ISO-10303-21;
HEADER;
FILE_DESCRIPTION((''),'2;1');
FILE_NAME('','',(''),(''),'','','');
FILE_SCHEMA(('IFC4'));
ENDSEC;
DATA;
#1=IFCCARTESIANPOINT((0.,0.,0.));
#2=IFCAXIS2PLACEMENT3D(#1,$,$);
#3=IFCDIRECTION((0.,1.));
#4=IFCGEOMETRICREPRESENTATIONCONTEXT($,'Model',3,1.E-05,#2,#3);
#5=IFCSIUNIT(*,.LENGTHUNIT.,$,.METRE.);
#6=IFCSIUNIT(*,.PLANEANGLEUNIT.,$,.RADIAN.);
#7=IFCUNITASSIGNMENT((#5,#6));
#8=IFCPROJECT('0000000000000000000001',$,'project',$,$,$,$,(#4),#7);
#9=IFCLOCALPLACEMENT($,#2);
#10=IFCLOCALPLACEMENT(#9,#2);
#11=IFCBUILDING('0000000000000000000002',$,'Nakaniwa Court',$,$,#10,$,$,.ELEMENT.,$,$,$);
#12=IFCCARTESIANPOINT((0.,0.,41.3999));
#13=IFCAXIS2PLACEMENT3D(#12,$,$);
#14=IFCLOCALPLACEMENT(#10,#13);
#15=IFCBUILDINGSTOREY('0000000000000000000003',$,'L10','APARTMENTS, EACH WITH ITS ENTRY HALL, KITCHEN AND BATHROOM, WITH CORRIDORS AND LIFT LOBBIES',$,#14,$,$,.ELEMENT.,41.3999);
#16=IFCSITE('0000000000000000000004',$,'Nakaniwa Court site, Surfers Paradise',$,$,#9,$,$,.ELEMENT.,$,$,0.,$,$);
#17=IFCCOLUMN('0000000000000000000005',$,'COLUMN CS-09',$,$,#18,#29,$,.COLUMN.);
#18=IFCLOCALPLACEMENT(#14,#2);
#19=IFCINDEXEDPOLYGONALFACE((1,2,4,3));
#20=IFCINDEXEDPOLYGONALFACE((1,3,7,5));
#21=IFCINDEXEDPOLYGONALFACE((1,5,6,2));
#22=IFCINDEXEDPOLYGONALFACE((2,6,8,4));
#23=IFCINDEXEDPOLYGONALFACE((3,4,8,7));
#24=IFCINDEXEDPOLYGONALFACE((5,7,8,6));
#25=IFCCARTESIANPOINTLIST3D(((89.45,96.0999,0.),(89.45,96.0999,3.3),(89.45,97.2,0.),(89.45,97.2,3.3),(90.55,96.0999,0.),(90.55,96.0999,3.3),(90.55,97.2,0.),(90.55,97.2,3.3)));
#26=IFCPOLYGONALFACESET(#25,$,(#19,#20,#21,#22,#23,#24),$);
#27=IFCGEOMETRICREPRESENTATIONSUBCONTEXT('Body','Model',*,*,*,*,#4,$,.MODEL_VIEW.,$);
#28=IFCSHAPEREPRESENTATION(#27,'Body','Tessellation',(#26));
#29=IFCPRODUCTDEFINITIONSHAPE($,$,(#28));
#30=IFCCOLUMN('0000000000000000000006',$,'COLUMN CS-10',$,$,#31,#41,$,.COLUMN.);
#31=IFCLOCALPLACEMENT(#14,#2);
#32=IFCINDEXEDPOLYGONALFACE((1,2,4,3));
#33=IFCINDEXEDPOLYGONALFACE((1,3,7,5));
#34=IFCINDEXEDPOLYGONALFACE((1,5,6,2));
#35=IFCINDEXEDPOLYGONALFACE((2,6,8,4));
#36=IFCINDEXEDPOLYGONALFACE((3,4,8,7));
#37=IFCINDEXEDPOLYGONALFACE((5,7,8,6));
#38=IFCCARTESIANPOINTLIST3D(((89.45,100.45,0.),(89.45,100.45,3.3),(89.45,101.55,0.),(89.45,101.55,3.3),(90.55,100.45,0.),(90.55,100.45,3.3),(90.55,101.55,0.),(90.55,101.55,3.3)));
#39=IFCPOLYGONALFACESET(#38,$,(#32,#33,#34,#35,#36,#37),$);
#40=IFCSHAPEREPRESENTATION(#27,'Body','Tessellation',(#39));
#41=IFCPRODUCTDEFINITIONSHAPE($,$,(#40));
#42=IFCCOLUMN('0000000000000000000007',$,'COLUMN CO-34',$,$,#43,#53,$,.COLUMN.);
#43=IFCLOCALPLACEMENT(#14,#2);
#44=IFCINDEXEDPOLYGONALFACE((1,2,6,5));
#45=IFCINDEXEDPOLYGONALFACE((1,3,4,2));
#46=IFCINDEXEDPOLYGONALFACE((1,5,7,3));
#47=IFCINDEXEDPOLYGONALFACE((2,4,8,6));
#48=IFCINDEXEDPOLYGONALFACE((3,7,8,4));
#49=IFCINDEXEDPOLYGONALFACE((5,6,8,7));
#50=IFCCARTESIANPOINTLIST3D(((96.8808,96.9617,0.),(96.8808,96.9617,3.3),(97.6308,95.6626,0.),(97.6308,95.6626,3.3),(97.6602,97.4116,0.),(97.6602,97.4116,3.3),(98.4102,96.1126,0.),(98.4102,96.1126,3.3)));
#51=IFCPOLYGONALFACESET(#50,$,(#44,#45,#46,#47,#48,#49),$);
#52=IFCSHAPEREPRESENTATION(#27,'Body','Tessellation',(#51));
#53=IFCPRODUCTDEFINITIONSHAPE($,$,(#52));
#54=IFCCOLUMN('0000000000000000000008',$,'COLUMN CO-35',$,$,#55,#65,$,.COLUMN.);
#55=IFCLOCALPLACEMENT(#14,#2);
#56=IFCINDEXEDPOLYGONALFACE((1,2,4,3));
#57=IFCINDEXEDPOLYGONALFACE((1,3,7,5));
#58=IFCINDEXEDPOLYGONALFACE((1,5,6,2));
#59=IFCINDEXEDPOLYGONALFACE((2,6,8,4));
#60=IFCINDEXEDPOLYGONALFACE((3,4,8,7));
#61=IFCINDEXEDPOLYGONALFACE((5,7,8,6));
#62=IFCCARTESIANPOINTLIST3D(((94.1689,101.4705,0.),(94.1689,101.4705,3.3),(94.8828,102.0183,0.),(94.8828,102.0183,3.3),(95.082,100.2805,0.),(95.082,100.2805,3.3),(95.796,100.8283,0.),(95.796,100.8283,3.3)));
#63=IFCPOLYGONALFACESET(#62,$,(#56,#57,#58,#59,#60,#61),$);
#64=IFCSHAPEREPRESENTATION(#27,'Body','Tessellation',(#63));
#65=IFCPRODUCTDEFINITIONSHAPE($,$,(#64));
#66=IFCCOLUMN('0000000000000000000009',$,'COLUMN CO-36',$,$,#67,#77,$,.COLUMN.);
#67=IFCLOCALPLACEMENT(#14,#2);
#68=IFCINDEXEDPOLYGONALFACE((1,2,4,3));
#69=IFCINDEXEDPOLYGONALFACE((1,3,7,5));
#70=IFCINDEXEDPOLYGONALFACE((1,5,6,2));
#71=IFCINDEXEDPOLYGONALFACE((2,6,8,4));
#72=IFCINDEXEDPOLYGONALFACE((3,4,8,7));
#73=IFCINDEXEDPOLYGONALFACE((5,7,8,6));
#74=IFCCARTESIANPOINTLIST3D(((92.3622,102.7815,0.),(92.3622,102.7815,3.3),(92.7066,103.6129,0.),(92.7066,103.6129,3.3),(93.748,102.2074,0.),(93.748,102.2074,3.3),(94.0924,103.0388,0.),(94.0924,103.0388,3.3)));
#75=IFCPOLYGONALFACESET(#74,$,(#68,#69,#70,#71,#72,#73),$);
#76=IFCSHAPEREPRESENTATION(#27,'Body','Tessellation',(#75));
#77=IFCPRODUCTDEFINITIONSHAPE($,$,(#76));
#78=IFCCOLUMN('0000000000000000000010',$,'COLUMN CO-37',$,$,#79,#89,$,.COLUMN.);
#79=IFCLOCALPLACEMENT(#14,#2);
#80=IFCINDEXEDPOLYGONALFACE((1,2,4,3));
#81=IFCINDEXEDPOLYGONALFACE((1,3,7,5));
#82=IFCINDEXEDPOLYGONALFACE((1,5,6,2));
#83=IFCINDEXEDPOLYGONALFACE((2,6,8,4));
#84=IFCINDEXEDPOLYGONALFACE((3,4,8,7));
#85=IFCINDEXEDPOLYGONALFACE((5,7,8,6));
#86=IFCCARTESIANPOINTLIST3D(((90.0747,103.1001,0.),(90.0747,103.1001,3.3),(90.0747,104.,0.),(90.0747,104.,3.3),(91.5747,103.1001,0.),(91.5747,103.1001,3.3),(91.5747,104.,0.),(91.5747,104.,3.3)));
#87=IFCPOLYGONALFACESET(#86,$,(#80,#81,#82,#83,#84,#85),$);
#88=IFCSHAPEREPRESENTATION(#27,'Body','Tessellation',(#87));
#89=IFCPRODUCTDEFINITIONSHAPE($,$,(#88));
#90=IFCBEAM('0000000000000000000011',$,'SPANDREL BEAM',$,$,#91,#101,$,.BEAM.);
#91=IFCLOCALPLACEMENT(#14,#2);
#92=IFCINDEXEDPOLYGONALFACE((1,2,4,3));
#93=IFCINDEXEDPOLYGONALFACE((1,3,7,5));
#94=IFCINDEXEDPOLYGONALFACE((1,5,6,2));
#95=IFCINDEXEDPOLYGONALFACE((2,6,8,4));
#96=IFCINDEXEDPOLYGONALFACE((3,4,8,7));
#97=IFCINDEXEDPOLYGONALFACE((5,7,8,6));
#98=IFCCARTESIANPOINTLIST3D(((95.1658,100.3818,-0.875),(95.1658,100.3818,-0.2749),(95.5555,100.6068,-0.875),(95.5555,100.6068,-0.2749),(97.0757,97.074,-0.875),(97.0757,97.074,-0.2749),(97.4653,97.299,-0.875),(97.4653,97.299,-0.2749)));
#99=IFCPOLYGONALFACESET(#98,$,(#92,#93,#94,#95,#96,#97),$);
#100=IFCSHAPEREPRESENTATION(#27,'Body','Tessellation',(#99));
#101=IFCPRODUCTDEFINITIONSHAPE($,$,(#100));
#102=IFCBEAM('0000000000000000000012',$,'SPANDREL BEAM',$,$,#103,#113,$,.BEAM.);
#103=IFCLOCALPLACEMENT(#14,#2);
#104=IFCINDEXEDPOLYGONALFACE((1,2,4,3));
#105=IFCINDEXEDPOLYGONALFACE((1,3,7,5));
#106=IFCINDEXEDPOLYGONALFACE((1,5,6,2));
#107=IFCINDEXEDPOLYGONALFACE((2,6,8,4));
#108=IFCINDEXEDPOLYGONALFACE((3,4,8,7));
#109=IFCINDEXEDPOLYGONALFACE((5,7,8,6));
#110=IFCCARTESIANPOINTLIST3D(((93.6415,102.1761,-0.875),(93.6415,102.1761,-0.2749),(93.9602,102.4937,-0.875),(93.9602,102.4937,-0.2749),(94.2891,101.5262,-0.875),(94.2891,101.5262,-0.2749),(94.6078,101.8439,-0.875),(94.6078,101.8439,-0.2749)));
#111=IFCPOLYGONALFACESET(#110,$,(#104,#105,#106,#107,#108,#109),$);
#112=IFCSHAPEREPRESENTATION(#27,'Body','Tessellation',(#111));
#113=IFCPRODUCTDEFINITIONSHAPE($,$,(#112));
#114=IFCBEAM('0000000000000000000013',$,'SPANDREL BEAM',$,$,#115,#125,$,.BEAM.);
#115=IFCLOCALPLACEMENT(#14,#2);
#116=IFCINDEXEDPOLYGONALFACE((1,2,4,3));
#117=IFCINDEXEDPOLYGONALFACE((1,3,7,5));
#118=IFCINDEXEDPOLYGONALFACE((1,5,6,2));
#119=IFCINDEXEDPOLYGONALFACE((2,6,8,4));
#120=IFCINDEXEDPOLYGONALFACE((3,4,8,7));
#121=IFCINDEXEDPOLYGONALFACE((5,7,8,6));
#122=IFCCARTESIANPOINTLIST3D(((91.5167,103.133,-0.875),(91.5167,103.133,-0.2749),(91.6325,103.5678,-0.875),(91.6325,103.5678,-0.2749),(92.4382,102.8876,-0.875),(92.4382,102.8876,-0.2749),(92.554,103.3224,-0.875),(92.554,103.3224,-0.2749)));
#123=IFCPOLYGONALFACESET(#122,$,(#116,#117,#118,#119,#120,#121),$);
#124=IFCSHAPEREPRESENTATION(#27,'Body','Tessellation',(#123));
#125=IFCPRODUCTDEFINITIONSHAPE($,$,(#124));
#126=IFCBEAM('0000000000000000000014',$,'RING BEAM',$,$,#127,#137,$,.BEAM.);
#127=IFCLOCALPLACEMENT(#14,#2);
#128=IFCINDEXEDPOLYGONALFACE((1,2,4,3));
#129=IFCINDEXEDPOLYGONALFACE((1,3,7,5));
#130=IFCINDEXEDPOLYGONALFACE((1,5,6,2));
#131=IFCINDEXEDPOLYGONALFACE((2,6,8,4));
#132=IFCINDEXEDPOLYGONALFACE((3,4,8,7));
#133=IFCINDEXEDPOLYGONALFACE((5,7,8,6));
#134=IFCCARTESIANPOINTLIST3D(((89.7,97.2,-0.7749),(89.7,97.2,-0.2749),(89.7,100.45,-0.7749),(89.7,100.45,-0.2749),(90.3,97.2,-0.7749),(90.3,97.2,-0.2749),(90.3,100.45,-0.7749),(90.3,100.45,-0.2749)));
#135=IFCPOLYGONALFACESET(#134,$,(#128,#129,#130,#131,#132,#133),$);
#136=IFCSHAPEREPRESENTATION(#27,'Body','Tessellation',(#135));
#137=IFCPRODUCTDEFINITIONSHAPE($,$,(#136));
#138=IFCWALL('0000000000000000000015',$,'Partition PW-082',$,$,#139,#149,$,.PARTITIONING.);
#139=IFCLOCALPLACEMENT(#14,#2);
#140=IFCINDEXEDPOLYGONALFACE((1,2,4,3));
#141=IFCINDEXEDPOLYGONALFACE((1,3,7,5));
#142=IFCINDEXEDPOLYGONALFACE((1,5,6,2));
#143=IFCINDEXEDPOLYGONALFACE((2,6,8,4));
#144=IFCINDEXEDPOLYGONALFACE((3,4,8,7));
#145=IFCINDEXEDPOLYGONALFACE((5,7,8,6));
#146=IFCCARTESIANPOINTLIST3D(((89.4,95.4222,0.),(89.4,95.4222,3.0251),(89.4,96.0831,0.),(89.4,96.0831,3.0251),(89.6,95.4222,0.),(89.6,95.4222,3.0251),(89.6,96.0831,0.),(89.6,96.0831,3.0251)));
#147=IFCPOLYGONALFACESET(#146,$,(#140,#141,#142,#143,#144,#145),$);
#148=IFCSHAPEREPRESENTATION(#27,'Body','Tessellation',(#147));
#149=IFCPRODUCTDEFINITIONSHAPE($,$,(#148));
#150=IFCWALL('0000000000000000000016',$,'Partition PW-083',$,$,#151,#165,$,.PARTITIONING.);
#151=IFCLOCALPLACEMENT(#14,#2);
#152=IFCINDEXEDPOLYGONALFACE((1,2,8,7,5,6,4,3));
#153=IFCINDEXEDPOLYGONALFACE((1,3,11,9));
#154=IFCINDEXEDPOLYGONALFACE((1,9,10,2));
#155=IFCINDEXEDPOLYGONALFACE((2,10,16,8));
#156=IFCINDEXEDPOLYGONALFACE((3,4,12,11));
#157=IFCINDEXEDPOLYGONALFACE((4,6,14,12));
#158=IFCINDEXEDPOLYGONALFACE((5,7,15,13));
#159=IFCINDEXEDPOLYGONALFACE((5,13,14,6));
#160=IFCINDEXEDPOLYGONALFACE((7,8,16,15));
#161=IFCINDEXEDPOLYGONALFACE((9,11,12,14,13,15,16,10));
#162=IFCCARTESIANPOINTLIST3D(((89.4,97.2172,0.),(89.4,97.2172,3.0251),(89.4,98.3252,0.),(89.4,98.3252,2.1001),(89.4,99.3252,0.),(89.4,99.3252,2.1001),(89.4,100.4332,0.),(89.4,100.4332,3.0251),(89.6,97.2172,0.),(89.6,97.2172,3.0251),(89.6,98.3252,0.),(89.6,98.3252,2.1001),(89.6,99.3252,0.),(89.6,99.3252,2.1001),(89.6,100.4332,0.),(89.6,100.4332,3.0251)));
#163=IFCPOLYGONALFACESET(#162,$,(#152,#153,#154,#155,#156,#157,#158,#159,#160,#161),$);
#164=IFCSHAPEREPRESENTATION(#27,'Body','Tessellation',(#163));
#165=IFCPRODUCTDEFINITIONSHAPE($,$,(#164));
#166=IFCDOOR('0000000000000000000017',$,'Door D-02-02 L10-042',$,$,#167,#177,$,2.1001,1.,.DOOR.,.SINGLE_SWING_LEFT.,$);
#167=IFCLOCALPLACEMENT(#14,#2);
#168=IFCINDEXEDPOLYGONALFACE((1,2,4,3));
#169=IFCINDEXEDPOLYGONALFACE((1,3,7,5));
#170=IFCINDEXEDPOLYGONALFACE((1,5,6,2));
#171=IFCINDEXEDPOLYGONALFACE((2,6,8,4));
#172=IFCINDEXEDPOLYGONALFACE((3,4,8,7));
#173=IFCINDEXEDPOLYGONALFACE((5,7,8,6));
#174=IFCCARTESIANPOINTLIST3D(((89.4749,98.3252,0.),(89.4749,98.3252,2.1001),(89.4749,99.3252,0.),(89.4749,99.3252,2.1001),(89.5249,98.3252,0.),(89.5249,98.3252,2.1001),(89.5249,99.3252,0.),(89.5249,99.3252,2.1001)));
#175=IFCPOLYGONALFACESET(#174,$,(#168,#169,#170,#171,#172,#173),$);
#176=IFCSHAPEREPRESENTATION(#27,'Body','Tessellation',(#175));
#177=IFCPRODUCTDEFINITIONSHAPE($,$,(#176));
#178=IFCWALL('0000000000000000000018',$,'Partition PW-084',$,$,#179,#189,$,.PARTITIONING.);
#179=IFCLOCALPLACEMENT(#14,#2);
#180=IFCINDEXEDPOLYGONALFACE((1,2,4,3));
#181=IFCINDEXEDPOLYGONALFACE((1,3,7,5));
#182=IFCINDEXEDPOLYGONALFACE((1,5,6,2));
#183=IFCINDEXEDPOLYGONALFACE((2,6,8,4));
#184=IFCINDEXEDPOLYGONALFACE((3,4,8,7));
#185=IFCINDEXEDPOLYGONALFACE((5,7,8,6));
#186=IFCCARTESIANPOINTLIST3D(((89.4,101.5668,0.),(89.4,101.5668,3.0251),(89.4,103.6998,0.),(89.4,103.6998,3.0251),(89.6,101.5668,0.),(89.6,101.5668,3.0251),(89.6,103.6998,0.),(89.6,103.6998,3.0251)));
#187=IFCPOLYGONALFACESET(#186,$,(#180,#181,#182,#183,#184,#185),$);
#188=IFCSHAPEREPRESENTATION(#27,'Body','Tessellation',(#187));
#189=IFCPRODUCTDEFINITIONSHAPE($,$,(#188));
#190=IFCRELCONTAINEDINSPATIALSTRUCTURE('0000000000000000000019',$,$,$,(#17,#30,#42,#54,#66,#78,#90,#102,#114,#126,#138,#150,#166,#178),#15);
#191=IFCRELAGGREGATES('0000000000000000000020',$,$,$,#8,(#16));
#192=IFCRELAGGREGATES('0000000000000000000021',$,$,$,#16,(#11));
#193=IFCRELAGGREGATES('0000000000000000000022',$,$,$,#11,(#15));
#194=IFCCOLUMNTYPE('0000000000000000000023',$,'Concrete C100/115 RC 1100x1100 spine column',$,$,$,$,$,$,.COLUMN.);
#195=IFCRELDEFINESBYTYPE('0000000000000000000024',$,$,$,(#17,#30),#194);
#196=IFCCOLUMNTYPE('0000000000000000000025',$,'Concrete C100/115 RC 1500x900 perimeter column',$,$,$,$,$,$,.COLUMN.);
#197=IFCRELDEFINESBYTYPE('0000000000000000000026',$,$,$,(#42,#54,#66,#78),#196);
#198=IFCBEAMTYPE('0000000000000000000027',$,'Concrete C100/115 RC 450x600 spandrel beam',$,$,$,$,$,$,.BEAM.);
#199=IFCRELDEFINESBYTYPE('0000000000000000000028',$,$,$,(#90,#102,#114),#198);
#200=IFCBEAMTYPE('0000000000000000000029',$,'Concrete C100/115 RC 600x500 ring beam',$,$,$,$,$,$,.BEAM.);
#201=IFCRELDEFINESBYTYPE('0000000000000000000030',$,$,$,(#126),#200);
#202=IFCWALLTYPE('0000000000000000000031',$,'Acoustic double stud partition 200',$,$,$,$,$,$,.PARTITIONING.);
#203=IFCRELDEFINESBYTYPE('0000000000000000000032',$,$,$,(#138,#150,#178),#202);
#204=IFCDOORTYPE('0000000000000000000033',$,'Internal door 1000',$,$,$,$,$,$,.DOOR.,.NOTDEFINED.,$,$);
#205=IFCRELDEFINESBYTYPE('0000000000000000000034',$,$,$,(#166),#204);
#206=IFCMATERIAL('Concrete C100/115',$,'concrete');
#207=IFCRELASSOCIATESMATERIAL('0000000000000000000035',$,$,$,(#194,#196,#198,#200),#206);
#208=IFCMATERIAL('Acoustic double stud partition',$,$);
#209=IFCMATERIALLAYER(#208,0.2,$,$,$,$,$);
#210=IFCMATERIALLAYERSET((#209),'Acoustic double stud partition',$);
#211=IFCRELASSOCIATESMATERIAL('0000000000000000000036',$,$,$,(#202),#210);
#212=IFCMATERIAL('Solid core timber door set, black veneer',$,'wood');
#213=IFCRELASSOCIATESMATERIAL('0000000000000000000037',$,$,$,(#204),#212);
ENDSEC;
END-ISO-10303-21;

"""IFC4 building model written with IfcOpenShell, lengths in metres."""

from ifc_helpers import new_model, si_unit, direction, frame, frame_2d, origin, origin_2d, place, context, subcontext, project, spatial, rectangle, extrude, material, layer, layer_set, material_profile, profile_set, type_object, element, fill, save


model = new_model("IFC4")

# Units and contexts
model_context = context("Model", 3, precision=1e-05, world=origin(), true_north=direction((0.0, 1.0)))
body_context = subcontext(model_context, "Body", "Model", "MODEL_VIEW")
ifc_project = project(units=[si_unit("LENGTHUNIT", "METRE"), si_unit("PLANEANGLEUNIT", "RADIAN")], contexts=[model_context])

# Site, building, storey
site_placement = place(None, origin())
site = spatial("IfcSite", under=ifc_project, at=site_placement, Name="Nakaniwa Court site, Surfers Paradise", CompositionType="ELEMENT", RefElevation=0.0)
building_placement = place(site_placement, origin())
building = spatial("IfcBuilding", under=site, at=building_placement, Name="Nakaniwa Court", CompositionType="ELEMENT")
storey_placement = place(building_placement, frame((0.0, 0.0, 41.3999)))
storey = spatial("IfcBuildingStorey", under=building, at=storey_placement, Name="L10", Description="APARTMENTS, EACH WITH ITS ENTRY HALL, KITCHEN AND BATHROOM, WITH CORRIDORS AND LIFT LOBBIES", CompositionType="ELEMENT", Elevation=41.3999)

# Columns
ifc_material_1 = material(Name="Concrete C100/115", Category="concrete")
ifc_material_profile_1 = material_profile(ifc_material_1, rectangle(XDim=1.1001, YDim=1.1001, at=origin_2d()), Name="Concrete C100/115 RC 1100x1100 spine column")
ifc_profile_set_1 = profile_set([ifc_material_profile_1], Name="Concrete C100/115")
column_type_1 = type_object("IfcColumnType", Name="Concrete C100/115 RC 1100x1100 spine column", PredefinedType="COLUMN", material=ifc_profile_set_1)
for number, where, z_axis, x_axis, name in (
    (1, (90.0, 96.6499, 0.0), (0.0, 0.0, 1.0), (0.0, 1.0, 0.0), "COLUMN CS-09"),
    (2, (90.0, 101.0, 0.0), (0.0, 0.0, 1.0), (0.0, 1.0, 0.0), "COLUMN CS-10"),
):
    element("IfcColumn", number, at=place(storey_placement, frame(where, z_axis=z_axis, x_axis=x_axis)), inside=storey, type_object=column_type_1, Name=name, PredefinedType="COLUMN", context=body_context, shape_type="SweptSolid", body=[
        extrude(rectangle(XDim=1.1001, YDim=1.1001, at=origin_2d()), origin(), (0.0, 0.0, 1.0), 3.3),
    ])
ifc_material_profile_2 = material_profile(ifc_material_1, rectangle(XDim=1.5, YDim=0.8999, at=origin_2d()), Name="Concrete C100/115 RC 1500x900 perimeter column")
ifc_profile_set_2 = profile_set([ifc_material_profile_2], Name="Concrete C100/115")
column_type_2 = type_object("IfcColumnType", Name="Concrete C100/115 RC 1500x900 perimeter column", PredefinedType="COLUMN", material=ifc_profile_set_2)
for number, where, z_axis, x_axis, name in (
    (3, (97.6455, 96.5371, 0.0), (0.0, 0.0, 1.0), (-0.5, 0.866025, 0.0), "COLUMN CO-34"),
    (4, (94.9824, 101.1494, 0.0), (0.0, 0.0, 1.0), (-0.608761, 0.793353, 0.0), "COLUMN CO-35"),
    (5, (93.2273, 102.9102, 0.0), (0.0, 0.0, 1.0), (-0.92388, 0.382683, 0.0), "COLUMN CO-36"),
    (6, (90.8247, 103.55, 0.0), (0.0, 0.0, 1.0), (-1.0, 0.0, 0.0), "COLUMN CO-37"),
):
    element("IfcColumn", number, at=place(storey_placement, frame(where, z_axis=z_axis, x_axis=x_axis)), inside=storey, type_object=column_type_2, Name=name, PredefinedType="COLUMN", context=body_context, shape_type="SweptSolid", body=[
        extrude(rectangle(XDim=1.5, YDim=0.8999, at=origin_2d()), origin(), (0.0, 0.0, 1.0), 3.3),
    ])

# Beams
ifc_material_profile_3 = material_profile(ifc_material_1, rectangle(XDim=0.45, YDim=0.6001, at=origin_2d()), Name="Concrete C100/115 RC 450x600 spandrel beam")
ifc_profile_set_3 = profile_set([ifc_material_profile_3], Name="Concrete C100/115")
beam_type_1 = type_object("IfcBeamType", Name="Concrete C100/115 RC 450x600 spandrel beam", PredefinedType="BEAM", material=ifc_profile_set_3)
beam_1_placement = place(storey_placement, frame((97.2705, 97.1865, -0.575), z_axis=(-0.500023, 0.866012, 0.0), x_axis=(-0.866012, -0.500023, 0.0)))
element("IfcBeam", 7, at=beam_1_placement, inside=storey, type_object=beam_type_1, Name="SPANDREL BEAM", PredefinedType="BEAM", context=body_context, shape_type="SweptSolid", body=[
    extrude(rectangle(XDim=0.45, YDim=0.6001, at=origin_2d()), origin(), (0.0, 0.0, 1.0), 3.8196),
])
beam_2_placement = place(storey_placement, frame((94.4485, 101.6851, -0.575), z_axis=(-0.705908, 0.708303, 0.0), x_axis=(-0.708303, -0.705908, 0.0)))
element("IfcBeam", 8, at=beam_2_placement, inside=storey, type_object=beam_type_1, Name="SPANDREL BEAM", PredefinedType="BEAM", context=body_context, shape_type="SweptSolid", body=[
    extrude(rectangle(XDim=0.45, YDim=0.6001, at=origin_2d()), origin(), (0.0, 0.0, 1.0), 0.9175),
])
beam_3_placement = place(storey_placement, frame((92.4961, 103.105, -0.575), z_axis=(-0.966324, 0.257328, 0.0), x_axis=(-0.257328, -0.966324, 0.0)))
element("IfcBeam", 9, at=beam_3_placement, inside=storey, type_object=beam_type_1, Name="SPANDREL BEAM", PredefinedType="BEAM", context=body_context, shape_type="SweptSolid", body=[
    extrude(rectangle(XDim=0.45, YDim=0.6001, at=origin_2d()), origin(), (0.0, 0.0, 1.0), 0.9536),
])
ifc_material_profile_4 = material_profile(ifc_material_1, rectangle(XDim=0.6001, YDim=0.5, at=origin_2d()), Name="Concrete C100/115 RC 600x500 ring beam")
ifc_profile_set_4 = profile_set([ifc_material_profile_4], Name="Concrete C100/115")
beam_type_2 = type_object("IfcBeamType", Name="Concrete C100/115 RC 600x500 ring beam", PredefinedType="BEAM", material=ifc_profile_set_4)
beam_4_placement = place(storey_placement, frame((90.0, 97.2, -0.5249), z_axis=(0.0, 1.0, 0.0), x_axis=(-1.0, 0.0, 0.0)))
element("IfcBeam", 10, at=beam_4_placement, inside=storey, type_object=beam_type_2, Name="RING BEAM", PredefinedType="BEAM", context=body_context, shape_type="SweptSolid", body=[
    extrude(rectangle(XDim=0.6001, YDim=0.5, at=origin_2d()), origin(), (0.0, 0.0, 1.0), 3.25),
])

# Wall
ifc_material_2 = material(Name="Acoustic double stud partition")
ifc_layer_1 = layer(ifc_material_2, 0.2)
ifc_layer_set_1 = layer_set([ifc_layer_1], Name="Acoustic double stud partition")
wall_type_1 = type_object("IfcWallType", Name="Acoustic double stud partition 200", PredefinedType="PARTITIONING", material=ifc_layer_set_1)
wall_1_placement = place(storey_placement, frame((89.5, 95.4221, 0.0), z_axis=(0.0, 0.0, 1.0), x_axis=(0.0, 1.0, 0.0)))
element("IfcWall", 11, at=wall_1_placement, inside=storey, type_object=wall_type_1, Name="Partition PW-082", PredefinedType="PARTITIONING", context=body_context, shape_type="SweptSolid", body=[
    extrude(rectangle(XDim=0.6609, YDim=0.2, at=frame_2d((0.3306, 0.0))), origin(), (0.0, 0.0, 1.0), 3.0251),
])

# Wall, opening, door
wall_2_placement = place(storey_placement, frame((89.5, 100.4331, 0.0), z_axis=(0.0, 0.0, 1.0), x_axis=(0.0, -1.0, 0.0)))
wall_2 = element("IfcWall", 12, at=wall_2_placement, inside=storey, type_object=wall_type_1, Name="Partition PW-083", PredefinedType="PARTITIONING", context=body_context, shape_type="SweptSolid", body=[
    extrude(rectangle(XDim=3.2161, YDim=0.2, at=frame_2d((1.6079, 0.0))), origin(), (0.0, 0.0, 1.0), 3.0251),
])
opening_1_placement = place(wall_2_placement, frame((1.1079, 0.0, 0.0)))
opening_1 = element("IfcOpeningElement", 13, at=opening_1_placement, cuts=wall_2, PredefinedType="OPENING", context=body_context, shape_type="SweptSolid", body=[
    extrude(rectangle(XDim=1.0, YDim=2.1001, at=frame_2d((0.5, 1.05))), frame((0.0, 0.1099, 0.0), z_axis=(0.0, -1.0, 0.0), x_axis=(1.0, 0.0, 0.0)), (0.0, 0.0, 1.0), 0.22),
])
ifc_material_3 = material(Name="Solid core timber door set, black veneer", Category="wood")
door_type = type_object("IfcDoorType", Name="Internal door 1000", OperationType="NOTDEFINED", PredefinedType="DOOR", material=ifc_material_3)
door_placement = place(opening_1_placement, origin())
door = element("IfcDoor", 14, at=door_placement, inside=storey, type_object=door_type, Name="Door D-02-02 L10-042", OperationType="SINGLE_SWING_LEFT", OverallHeight=2.1001, OverallWidth=1.0, PredefinedType="DOOR", context=body_context, shape_type="SweptSolid", body=[
    extrude(rectangle(XDim=1.0, YDim=2.1001, at=frame_2d((0.5, 1.05))), frame((0.0, 0.0249, 0.0), z_axis=(0.0, -1.0, 0.0), x_axis=(1.0, 0.0, 0.0)), (0.0, 0.0, 1.0), 0.05),
])
fill(opening_1, door)

# Wall
wall_3_placement = place(storey_placement, frame((89.5, 101.5669, 0.0), z_axis=(0.0, 0.0, 1.0), x_axis=(0.0, 1.0, 0.0)))
element("IfcWall", 15, at=wall_3_placement, inside=storey, type_object=wall_type_1, Name="Partition PW-084", PredefinedType="PARTITIONING", context=body_context, shape_type="SweptSolid", body=[
    extrude(rectangle(XDim=2.1331, YDim=0.2, at=frame_2d((1.0664, 0.0))), origin(), (0.0, 0.0, 1.0), 3.0251),
])

save(model, "model.ifc")
